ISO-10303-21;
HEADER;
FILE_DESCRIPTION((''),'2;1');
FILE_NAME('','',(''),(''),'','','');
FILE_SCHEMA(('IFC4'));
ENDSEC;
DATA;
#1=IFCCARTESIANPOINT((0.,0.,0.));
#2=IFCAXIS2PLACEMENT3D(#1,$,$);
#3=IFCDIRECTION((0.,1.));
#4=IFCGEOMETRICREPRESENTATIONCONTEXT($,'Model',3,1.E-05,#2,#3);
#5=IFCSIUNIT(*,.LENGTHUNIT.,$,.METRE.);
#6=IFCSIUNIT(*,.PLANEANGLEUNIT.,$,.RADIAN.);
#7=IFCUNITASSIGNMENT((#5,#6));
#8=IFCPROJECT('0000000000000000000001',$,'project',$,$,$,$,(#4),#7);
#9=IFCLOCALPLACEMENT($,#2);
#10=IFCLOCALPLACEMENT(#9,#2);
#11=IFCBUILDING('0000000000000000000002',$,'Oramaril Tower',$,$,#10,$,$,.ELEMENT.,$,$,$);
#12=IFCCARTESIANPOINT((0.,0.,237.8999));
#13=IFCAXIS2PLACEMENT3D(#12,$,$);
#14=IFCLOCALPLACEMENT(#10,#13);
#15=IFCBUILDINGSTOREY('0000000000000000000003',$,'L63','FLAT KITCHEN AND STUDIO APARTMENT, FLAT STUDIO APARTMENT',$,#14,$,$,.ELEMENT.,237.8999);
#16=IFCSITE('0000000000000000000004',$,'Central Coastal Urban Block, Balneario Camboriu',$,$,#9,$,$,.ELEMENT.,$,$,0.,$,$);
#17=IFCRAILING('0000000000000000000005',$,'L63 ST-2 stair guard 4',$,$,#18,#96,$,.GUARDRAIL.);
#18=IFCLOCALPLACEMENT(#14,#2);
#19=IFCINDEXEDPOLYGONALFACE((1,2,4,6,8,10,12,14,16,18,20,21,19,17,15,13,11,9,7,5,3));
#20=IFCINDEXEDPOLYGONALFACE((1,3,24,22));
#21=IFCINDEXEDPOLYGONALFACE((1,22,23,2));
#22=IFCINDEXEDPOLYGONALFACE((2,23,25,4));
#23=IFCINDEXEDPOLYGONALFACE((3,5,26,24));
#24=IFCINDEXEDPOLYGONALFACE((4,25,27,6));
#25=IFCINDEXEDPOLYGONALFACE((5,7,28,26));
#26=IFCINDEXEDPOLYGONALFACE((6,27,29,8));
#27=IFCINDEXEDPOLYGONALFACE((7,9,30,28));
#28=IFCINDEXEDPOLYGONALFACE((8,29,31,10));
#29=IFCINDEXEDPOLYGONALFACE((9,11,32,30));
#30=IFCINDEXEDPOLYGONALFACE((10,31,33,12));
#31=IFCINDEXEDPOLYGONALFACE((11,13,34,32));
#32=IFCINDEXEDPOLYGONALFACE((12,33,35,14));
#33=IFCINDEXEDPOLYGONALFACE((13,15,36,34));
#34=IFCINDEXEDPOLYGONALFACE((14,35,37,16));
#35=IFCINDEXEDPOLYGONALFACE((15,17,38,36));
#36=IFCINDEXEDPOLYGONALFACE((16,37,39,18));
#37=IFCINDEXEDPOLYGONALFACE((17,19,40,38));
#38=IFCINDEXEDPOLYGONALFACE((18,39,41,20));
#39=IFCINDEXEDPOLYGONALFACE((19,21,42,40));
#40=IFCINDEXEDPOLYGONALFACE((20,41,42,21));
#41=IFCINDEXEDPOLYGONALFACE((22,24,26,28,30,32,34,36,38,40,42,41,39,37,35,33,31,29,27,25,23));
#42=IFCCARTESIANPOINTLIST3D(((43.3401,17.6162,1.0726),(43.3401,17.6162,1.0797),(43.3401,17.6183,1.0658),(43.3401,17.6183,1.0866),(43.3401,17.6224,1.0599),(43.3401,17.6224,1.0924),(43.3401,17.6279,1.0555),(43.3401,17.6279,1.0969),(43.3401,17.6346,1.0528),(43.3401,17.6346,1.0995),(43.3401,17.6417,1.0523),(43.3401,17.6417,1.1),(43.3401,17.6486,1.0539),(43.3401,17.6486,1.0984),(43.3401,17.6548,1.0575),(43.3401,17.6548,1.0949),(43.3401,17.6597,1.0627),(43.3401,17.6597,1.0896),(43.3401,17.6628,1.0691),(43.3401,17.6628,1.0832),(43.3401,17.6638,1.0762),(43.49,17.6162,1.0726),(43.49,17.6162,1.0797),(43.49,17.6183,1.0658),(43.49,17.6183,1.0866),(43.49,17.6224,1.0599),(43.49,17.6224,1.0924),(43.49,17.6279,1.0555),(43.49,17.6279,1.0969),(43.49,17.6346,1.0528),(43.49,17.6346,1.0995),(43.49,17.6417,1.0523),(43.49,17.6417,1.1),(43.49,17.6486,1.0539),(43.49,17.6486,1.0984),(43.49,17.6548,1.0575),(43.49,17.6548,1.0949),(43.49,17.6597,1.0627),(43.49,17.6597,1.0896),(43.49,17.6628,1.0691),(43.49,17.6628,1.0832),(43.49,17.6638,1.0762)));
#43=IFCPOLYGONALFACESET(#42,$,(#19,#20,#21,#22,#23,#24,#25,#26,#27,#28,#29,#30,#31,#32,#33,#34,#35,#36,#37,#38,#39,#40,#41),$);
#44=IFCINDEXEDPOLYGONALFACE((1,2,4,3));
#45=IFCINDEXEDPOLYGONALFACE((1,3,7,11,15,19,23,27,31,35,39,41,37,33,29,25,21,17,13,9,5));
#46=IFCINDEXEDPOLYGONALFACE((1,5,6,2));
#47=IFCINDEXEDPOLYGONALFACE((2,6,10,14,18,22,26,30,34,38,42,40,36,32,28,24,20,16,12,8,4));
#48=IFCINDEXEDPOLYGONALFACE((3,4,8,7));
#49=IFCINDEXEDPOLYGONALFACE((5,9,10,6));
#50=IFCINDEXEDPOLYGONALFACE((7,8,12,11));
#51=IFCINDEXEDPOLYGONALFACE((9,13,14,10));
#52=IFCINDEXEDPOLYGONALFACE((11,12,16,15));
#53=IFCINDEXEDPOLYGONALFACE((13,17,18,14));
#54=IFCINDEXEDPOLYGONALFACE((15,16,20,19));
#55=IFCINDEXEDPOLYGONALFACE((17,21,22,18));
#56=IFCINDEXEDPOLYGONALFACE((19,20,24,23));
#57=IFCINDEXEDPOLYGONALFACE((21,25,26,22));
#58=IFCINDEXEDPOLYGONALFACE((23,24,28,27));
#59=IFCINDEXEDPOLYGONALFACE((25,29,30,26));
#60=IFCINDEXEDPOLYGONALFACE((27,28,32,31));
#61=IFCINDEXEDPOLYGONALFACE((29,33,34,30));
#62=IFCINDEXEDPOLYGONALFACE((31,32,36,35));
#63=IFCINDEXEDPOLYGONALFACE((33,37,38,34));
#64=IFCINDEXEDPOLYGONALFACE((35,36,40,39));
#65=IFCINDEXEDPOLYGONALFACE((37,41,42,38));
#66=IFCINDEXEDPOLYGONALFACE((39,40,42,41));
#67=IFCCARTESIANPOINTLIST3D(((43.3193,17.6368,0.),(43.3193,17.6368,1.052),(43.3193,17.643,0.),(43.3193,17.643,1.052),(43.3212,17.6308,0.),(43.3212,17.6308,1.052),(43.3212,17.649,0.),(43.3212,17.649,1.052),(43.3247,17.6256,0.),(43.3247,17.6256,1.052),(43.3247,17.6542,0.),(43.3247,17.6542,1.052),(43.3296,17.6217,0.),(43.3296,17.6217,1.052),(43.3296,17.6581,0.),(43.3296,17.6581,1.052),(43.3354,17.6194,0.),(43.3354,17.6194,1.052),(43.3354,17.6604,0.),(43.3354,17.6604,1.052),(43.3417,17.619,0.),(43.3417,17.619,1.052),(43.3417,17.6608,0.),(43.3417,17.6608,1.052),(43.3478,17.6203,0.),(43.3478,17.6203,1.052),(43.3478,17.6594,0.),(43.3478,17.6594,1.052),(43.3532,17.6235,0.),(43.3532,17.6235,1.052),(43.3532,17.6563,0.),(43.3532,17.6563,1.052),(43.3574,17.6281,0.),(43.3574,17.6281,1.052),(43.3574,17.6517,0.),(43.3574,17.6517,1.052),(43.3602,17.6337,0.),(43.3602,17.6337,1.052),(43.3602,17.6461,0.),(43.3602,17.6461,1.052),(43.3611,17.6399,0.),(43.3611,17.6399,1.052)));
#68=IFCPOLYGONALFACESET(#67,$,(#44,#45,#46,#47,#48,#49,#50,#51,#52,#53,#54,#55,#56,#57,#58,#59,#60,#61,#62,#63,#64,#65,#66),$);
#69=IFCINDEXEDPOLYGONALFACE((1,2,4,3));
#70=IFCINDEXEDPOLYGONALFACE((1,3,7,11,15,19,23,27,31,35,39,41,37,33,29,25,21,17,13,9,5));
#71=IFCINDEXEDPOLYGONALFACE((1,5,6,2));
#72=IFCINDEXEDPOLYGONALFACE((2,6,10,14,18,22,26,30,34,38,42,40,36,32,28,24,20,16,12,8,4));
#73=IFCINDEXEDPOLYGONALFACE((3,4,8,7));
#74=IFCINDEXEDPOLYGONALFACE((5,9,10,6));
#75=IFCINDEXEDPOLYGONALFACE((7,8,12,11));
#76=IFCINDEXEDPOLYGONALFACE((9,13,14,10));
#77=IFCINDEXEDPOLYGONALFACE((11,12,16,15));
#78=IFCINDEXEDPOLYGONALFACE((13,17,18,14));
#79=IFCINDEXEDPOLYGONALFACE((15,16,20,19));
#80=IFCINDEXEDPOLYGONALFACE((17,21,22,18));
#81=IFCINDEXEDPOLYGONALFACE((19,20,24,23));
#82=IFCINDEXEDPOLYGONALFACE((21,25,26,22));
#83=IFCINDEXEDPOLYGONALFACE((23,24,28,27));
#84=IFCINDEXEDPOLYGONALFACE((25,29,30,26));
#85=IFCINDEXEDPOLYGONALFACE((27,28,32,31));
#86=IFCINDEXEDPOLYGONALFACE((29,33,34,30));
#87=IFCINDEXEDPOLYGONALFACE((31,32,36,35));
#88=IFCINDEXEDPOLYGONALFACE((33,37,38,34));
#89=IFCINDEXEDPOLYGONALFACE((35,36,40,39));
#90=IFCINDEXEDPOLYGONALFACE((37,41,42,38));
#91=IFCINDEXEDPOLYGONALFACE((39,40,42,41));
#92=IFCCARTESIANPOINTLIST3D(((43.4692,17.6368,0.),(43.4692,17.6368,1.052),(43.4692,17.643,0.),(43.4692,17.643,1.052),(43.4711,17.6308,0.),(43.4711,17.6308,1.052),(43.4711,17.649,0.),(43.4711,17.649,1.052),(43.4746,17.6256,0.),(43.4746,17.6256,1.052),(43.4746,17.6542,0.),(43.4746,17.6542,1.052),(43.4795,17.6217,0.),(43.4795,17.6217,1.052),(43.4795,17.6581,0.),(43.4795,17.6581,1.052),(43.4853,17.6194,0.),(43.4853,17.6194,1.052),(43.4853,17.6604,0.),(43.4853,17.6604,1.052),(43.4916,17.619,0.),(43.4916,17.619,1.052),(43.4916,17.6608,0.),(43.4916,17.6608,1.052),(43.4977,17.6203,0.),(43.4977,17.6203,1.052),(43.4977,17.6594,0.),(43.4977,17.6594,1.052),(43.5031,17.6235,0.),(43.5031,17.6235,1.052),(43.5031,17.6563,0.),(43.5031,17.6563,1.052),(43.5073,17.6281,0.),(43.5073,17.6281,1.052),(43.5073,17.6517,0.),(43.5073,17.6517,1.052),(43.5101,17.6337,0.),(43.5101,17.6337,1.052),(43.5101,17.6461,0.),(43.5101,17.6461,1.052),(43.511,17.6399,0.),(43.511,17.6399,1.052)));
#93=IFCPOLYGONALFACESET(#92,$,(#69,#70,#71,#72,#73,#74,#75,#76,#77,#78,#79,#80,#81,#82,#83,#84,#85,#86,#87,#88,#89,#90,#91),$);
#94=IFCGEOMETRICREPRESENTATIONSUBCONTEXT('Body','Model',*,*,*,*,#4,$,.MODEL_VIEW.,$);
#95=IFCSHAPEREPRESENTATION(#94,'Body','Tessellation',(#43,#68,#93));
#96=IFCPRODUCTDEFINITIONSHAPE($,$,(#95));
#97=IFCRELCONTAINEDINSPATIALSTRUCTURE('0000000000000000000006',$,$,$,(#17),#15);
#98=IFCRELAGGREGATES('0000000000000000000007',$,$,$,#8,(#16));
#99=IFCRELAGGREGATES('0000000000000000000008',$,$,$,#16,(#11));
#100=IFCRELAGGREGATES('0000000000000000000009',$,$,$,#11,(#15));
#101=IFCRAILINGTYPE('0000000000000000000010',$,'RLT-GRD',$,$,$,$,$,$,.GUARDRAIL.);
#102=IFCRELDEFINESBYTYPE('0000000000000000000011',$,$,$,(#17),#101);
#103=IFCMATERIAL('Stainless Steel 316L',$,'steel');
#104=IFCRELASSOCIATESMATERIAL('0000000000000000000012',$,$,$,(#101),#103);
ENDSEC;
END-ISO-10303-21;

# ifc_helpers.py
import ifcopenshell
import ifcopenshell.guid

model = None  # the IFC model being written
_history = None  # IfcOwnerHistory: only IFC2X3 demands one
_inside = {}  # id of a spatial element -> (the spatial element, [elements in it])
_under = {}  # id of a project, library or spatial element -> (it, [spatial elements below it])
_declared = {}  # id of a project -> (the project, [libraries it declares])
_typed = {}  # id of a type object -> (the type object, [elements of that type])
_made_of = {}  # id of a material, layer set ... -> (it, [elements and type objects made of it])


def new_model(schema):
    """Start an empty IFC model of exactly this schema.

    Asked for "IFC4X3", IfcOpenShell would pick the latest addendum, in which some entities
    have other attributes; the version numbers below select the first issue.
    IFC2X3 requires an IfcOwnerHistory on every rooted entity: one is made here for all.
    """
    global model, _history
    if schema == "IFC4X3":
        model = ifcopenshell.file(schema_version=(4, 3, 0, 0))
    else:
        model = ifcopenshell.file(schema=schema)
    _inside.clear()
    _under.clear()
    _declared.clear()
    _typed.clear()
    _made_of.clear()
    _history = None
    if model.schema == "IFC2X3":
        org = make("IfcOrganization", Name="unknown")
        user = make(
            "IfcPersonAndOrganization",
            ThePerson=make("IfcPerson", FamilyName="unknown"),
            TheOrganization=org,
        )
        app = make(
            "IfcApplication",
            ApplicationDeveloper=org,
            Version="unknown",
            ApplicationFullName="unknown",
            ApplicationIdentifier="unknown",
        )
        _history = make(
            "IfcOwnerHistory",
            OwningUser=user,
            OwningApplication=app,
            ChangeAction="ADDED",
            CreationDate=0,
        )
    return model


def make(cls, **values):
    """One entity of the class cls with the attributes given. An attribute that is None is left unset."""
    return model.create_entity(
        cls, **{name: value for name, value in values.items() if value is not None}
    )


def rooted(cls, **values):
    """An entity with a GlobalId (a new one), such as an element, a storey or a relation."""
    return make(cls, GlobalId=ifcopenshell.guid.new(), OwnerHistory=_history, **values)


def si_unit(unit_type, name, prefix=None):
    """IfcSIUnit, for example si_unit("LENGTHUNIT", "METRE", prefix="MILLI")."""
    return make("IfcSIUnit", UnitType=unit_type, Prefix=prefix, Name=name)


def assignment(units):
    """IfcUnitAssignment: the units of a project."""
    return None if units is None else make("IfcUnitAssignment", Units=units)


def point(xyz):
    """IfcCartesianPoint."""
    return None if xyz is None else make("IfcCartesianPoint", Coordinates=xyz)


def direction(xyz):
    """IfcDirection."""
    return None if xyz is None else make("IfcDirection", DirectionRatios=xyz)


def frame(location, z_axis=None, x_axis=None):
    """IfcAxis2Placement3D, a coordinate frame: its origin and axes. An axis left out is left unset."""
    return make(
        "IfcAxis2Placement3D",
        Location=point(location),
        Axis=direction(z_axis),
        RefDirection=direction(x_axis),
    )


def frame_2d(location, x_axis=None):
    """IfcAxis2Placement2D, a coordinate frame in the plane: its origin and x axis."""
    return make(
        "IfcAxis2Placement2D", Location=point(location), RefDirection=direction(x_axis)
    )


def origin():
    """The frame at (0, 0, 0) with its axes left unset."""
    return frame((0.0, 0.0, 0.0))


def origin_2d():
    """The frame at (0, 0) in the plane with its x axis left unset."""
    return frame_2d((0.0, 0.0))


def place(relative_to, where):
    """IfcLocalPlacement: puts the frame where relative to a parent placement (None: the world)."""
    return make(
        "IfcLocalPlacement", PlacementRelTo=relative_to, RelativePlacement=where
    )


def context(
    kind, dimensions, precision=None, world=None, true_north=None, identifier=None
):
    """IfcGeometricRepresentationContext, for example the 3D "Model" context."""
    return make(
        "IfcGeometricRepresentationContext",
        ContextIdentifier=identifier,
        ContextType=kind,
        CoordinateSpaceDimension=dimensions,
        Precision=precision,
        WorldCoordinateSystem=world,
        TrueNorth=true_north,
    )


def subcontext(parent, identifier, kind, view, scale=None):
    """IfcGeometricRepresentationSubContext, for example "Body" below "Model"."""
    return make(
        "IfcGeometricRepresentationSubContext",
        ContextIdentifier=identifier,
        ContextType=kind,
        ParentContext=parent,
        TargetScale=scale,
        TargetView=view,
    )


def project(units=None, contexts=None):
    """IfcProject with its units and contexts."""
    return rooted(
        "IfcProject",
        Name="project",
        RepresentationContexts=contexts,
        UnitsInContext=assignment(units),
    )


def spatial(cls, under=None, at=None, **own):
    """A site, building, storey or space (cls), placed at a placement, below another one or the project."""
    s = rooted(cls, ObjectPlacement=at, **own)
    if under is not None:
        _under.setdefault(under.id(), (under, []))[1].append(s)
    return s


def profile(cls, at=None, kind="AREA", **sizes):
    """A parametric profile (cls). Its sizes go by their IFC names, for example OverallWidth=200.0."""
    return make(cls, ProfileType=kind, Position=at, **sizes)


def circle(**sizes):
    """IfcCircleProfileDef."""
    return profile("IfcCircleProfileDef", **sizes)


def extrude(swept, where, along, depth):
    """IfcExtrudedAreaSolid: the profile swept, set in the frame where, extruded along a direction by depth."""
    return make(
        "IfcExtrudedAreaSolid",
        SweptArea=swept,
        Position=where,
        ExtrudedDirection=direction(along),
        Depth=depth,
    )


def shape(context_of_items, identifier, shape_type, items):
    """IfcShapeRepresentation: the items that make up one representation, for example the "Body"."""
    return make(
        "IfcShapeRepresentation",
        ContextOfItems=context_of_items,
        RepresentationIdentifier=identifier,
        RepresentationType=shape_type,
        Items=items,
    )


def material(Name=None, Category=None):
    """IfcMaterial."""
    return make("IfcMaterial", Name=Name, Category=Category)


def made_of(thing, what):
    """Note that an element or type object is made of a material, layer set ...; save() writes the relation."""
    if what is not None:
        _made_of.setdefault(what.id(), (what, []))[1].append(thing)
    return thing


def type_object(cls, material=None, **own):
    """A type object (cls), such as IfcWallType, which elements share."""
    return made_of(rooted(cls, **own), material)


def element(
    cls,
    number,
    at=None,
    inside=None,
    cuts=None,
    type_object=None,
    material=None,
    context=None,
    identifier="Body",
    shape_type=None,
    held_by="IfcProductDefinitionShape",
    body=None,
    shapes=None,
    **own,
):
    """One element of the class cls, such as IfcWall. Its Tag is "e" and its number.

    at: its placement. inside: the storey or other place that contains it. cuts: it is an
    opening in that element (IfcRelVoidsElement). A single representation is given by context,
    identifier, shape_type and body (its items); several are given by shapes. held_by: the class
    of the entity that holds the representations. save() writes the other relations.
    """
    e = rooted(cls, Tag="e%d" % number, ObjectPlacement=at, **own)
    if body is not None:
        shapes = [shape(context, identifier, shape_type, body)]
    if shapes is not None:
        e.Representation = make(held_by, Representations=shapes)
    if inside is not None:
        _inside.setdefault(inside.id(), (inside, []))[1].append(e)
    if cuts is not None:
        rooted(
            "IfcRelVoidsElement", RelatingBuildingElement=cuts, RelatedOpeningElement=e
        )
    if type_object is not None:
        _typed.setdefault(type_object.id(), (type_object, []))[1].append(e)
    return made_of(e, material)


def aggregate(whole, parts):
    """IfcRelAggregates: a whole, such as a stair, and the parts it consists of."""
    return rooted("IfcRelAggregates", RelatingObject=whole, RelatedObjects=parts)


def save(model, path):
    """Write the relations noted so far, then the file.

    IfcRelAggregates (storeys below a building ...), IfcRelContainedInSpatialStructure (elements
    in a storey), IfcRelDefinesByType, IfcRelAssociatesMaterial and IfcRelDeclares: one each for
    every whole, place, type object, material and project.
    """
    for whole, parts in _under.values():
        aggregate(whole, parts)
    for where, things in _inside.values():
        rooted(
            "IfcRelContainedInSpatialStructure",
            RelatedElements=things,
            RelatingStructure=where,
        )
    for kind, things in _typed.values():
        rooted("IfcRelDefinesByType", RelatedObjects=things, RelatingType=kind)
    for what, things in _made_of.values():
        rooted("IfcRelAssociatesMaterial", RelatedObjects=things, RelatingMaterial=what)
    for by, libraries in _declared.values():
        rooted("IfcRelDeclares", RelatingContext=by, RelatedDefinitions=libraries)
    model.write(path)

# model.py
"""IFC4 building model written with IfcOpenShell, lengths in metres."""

from ifc_helpers import new_model, si_unit, direction, frame, origin, origin_2d, place, context, subcontext, project, spatial, circle, extrude, material, type_object, element, save


model = new_model("IFC4")

# Units and contexts
model_context = context("Model", 3, precision=1e-05, world=origin(), true_north=direction((0.0, 1.0)))
body_context = subcontext(model_context, "Body", "Model", "MODEL_VIEW")
ifc_project = project(units=[si_unit("LENGTHUNIT", "METRE"), si_unit("PLANEANGLEUNIT", "RADIAN")], contexts=[model_context])

# Site, building, storey
site_placement = place(None, origin())
site = spatial("IfcSite", under=ifc_project, at=site_placement, Name="Central Coastal Urban Block, Balneario Camboriu", CompositionType="ELEMENT", RefElevation=0.0)
building_placement = place(site_placement, origin())
building = spatial("IfcBuilding", under=site, at=building_placement, Name="Oramaril Tower", CompositionType="ELEMENT")
storey_placement = place(building_placement, frame((0.0, 0.0, 237.8999)))
storey = spatial("IfcBuildingStorey", under=building, at=storey_placement, Name="L63", Description="FLAT KITCHEN AND STUDIO APARTMENT, FLAT STUDIO APARTMENT", CompositionType="ELEMENT", Elevation=237.8999)

# Railing
ifc_material_1 = material(Name="Stainless Steel 316L", Category="steel")
railing_type = type_object("IfcRailingType", Name="RLT-GRD", PredefinedType="GUARDRAIL", material=ifc_material_1)
railing_1_placement = place(storey_placement, frame((43.3401, 17.6399, 0.0)))
element("IfcRailing", 1, at=railing_1_placement, inside=storey, type_object=railing_type, Name="L63 ST-2 stair guard 4", PredefinedType="GUARDRAIL", context=body_context, shape_type="SweptSolid", body=[
    extrude(circle(Radius=0.0239, at=origin_2d()), frame((0.0, 0.0, 1.0762), z_axis=(1.0, 0.0, 0.0), x_axis=(0.0, 1.0, 0.0)), (0.0, 0.0, 1.0), 0.1499),
    extrude(circle(Radius=0.021, at=origin_2d()), origin(), (0.0, 0.0, 1.0), 1.052),
    extrude(circle(Radius=0.021, at=origin_2d()), frame((0.1499, 0.0, 0.0)), (0.0, 0.0, 1.0), 1.052),
])

save(model, "model.ifc")
